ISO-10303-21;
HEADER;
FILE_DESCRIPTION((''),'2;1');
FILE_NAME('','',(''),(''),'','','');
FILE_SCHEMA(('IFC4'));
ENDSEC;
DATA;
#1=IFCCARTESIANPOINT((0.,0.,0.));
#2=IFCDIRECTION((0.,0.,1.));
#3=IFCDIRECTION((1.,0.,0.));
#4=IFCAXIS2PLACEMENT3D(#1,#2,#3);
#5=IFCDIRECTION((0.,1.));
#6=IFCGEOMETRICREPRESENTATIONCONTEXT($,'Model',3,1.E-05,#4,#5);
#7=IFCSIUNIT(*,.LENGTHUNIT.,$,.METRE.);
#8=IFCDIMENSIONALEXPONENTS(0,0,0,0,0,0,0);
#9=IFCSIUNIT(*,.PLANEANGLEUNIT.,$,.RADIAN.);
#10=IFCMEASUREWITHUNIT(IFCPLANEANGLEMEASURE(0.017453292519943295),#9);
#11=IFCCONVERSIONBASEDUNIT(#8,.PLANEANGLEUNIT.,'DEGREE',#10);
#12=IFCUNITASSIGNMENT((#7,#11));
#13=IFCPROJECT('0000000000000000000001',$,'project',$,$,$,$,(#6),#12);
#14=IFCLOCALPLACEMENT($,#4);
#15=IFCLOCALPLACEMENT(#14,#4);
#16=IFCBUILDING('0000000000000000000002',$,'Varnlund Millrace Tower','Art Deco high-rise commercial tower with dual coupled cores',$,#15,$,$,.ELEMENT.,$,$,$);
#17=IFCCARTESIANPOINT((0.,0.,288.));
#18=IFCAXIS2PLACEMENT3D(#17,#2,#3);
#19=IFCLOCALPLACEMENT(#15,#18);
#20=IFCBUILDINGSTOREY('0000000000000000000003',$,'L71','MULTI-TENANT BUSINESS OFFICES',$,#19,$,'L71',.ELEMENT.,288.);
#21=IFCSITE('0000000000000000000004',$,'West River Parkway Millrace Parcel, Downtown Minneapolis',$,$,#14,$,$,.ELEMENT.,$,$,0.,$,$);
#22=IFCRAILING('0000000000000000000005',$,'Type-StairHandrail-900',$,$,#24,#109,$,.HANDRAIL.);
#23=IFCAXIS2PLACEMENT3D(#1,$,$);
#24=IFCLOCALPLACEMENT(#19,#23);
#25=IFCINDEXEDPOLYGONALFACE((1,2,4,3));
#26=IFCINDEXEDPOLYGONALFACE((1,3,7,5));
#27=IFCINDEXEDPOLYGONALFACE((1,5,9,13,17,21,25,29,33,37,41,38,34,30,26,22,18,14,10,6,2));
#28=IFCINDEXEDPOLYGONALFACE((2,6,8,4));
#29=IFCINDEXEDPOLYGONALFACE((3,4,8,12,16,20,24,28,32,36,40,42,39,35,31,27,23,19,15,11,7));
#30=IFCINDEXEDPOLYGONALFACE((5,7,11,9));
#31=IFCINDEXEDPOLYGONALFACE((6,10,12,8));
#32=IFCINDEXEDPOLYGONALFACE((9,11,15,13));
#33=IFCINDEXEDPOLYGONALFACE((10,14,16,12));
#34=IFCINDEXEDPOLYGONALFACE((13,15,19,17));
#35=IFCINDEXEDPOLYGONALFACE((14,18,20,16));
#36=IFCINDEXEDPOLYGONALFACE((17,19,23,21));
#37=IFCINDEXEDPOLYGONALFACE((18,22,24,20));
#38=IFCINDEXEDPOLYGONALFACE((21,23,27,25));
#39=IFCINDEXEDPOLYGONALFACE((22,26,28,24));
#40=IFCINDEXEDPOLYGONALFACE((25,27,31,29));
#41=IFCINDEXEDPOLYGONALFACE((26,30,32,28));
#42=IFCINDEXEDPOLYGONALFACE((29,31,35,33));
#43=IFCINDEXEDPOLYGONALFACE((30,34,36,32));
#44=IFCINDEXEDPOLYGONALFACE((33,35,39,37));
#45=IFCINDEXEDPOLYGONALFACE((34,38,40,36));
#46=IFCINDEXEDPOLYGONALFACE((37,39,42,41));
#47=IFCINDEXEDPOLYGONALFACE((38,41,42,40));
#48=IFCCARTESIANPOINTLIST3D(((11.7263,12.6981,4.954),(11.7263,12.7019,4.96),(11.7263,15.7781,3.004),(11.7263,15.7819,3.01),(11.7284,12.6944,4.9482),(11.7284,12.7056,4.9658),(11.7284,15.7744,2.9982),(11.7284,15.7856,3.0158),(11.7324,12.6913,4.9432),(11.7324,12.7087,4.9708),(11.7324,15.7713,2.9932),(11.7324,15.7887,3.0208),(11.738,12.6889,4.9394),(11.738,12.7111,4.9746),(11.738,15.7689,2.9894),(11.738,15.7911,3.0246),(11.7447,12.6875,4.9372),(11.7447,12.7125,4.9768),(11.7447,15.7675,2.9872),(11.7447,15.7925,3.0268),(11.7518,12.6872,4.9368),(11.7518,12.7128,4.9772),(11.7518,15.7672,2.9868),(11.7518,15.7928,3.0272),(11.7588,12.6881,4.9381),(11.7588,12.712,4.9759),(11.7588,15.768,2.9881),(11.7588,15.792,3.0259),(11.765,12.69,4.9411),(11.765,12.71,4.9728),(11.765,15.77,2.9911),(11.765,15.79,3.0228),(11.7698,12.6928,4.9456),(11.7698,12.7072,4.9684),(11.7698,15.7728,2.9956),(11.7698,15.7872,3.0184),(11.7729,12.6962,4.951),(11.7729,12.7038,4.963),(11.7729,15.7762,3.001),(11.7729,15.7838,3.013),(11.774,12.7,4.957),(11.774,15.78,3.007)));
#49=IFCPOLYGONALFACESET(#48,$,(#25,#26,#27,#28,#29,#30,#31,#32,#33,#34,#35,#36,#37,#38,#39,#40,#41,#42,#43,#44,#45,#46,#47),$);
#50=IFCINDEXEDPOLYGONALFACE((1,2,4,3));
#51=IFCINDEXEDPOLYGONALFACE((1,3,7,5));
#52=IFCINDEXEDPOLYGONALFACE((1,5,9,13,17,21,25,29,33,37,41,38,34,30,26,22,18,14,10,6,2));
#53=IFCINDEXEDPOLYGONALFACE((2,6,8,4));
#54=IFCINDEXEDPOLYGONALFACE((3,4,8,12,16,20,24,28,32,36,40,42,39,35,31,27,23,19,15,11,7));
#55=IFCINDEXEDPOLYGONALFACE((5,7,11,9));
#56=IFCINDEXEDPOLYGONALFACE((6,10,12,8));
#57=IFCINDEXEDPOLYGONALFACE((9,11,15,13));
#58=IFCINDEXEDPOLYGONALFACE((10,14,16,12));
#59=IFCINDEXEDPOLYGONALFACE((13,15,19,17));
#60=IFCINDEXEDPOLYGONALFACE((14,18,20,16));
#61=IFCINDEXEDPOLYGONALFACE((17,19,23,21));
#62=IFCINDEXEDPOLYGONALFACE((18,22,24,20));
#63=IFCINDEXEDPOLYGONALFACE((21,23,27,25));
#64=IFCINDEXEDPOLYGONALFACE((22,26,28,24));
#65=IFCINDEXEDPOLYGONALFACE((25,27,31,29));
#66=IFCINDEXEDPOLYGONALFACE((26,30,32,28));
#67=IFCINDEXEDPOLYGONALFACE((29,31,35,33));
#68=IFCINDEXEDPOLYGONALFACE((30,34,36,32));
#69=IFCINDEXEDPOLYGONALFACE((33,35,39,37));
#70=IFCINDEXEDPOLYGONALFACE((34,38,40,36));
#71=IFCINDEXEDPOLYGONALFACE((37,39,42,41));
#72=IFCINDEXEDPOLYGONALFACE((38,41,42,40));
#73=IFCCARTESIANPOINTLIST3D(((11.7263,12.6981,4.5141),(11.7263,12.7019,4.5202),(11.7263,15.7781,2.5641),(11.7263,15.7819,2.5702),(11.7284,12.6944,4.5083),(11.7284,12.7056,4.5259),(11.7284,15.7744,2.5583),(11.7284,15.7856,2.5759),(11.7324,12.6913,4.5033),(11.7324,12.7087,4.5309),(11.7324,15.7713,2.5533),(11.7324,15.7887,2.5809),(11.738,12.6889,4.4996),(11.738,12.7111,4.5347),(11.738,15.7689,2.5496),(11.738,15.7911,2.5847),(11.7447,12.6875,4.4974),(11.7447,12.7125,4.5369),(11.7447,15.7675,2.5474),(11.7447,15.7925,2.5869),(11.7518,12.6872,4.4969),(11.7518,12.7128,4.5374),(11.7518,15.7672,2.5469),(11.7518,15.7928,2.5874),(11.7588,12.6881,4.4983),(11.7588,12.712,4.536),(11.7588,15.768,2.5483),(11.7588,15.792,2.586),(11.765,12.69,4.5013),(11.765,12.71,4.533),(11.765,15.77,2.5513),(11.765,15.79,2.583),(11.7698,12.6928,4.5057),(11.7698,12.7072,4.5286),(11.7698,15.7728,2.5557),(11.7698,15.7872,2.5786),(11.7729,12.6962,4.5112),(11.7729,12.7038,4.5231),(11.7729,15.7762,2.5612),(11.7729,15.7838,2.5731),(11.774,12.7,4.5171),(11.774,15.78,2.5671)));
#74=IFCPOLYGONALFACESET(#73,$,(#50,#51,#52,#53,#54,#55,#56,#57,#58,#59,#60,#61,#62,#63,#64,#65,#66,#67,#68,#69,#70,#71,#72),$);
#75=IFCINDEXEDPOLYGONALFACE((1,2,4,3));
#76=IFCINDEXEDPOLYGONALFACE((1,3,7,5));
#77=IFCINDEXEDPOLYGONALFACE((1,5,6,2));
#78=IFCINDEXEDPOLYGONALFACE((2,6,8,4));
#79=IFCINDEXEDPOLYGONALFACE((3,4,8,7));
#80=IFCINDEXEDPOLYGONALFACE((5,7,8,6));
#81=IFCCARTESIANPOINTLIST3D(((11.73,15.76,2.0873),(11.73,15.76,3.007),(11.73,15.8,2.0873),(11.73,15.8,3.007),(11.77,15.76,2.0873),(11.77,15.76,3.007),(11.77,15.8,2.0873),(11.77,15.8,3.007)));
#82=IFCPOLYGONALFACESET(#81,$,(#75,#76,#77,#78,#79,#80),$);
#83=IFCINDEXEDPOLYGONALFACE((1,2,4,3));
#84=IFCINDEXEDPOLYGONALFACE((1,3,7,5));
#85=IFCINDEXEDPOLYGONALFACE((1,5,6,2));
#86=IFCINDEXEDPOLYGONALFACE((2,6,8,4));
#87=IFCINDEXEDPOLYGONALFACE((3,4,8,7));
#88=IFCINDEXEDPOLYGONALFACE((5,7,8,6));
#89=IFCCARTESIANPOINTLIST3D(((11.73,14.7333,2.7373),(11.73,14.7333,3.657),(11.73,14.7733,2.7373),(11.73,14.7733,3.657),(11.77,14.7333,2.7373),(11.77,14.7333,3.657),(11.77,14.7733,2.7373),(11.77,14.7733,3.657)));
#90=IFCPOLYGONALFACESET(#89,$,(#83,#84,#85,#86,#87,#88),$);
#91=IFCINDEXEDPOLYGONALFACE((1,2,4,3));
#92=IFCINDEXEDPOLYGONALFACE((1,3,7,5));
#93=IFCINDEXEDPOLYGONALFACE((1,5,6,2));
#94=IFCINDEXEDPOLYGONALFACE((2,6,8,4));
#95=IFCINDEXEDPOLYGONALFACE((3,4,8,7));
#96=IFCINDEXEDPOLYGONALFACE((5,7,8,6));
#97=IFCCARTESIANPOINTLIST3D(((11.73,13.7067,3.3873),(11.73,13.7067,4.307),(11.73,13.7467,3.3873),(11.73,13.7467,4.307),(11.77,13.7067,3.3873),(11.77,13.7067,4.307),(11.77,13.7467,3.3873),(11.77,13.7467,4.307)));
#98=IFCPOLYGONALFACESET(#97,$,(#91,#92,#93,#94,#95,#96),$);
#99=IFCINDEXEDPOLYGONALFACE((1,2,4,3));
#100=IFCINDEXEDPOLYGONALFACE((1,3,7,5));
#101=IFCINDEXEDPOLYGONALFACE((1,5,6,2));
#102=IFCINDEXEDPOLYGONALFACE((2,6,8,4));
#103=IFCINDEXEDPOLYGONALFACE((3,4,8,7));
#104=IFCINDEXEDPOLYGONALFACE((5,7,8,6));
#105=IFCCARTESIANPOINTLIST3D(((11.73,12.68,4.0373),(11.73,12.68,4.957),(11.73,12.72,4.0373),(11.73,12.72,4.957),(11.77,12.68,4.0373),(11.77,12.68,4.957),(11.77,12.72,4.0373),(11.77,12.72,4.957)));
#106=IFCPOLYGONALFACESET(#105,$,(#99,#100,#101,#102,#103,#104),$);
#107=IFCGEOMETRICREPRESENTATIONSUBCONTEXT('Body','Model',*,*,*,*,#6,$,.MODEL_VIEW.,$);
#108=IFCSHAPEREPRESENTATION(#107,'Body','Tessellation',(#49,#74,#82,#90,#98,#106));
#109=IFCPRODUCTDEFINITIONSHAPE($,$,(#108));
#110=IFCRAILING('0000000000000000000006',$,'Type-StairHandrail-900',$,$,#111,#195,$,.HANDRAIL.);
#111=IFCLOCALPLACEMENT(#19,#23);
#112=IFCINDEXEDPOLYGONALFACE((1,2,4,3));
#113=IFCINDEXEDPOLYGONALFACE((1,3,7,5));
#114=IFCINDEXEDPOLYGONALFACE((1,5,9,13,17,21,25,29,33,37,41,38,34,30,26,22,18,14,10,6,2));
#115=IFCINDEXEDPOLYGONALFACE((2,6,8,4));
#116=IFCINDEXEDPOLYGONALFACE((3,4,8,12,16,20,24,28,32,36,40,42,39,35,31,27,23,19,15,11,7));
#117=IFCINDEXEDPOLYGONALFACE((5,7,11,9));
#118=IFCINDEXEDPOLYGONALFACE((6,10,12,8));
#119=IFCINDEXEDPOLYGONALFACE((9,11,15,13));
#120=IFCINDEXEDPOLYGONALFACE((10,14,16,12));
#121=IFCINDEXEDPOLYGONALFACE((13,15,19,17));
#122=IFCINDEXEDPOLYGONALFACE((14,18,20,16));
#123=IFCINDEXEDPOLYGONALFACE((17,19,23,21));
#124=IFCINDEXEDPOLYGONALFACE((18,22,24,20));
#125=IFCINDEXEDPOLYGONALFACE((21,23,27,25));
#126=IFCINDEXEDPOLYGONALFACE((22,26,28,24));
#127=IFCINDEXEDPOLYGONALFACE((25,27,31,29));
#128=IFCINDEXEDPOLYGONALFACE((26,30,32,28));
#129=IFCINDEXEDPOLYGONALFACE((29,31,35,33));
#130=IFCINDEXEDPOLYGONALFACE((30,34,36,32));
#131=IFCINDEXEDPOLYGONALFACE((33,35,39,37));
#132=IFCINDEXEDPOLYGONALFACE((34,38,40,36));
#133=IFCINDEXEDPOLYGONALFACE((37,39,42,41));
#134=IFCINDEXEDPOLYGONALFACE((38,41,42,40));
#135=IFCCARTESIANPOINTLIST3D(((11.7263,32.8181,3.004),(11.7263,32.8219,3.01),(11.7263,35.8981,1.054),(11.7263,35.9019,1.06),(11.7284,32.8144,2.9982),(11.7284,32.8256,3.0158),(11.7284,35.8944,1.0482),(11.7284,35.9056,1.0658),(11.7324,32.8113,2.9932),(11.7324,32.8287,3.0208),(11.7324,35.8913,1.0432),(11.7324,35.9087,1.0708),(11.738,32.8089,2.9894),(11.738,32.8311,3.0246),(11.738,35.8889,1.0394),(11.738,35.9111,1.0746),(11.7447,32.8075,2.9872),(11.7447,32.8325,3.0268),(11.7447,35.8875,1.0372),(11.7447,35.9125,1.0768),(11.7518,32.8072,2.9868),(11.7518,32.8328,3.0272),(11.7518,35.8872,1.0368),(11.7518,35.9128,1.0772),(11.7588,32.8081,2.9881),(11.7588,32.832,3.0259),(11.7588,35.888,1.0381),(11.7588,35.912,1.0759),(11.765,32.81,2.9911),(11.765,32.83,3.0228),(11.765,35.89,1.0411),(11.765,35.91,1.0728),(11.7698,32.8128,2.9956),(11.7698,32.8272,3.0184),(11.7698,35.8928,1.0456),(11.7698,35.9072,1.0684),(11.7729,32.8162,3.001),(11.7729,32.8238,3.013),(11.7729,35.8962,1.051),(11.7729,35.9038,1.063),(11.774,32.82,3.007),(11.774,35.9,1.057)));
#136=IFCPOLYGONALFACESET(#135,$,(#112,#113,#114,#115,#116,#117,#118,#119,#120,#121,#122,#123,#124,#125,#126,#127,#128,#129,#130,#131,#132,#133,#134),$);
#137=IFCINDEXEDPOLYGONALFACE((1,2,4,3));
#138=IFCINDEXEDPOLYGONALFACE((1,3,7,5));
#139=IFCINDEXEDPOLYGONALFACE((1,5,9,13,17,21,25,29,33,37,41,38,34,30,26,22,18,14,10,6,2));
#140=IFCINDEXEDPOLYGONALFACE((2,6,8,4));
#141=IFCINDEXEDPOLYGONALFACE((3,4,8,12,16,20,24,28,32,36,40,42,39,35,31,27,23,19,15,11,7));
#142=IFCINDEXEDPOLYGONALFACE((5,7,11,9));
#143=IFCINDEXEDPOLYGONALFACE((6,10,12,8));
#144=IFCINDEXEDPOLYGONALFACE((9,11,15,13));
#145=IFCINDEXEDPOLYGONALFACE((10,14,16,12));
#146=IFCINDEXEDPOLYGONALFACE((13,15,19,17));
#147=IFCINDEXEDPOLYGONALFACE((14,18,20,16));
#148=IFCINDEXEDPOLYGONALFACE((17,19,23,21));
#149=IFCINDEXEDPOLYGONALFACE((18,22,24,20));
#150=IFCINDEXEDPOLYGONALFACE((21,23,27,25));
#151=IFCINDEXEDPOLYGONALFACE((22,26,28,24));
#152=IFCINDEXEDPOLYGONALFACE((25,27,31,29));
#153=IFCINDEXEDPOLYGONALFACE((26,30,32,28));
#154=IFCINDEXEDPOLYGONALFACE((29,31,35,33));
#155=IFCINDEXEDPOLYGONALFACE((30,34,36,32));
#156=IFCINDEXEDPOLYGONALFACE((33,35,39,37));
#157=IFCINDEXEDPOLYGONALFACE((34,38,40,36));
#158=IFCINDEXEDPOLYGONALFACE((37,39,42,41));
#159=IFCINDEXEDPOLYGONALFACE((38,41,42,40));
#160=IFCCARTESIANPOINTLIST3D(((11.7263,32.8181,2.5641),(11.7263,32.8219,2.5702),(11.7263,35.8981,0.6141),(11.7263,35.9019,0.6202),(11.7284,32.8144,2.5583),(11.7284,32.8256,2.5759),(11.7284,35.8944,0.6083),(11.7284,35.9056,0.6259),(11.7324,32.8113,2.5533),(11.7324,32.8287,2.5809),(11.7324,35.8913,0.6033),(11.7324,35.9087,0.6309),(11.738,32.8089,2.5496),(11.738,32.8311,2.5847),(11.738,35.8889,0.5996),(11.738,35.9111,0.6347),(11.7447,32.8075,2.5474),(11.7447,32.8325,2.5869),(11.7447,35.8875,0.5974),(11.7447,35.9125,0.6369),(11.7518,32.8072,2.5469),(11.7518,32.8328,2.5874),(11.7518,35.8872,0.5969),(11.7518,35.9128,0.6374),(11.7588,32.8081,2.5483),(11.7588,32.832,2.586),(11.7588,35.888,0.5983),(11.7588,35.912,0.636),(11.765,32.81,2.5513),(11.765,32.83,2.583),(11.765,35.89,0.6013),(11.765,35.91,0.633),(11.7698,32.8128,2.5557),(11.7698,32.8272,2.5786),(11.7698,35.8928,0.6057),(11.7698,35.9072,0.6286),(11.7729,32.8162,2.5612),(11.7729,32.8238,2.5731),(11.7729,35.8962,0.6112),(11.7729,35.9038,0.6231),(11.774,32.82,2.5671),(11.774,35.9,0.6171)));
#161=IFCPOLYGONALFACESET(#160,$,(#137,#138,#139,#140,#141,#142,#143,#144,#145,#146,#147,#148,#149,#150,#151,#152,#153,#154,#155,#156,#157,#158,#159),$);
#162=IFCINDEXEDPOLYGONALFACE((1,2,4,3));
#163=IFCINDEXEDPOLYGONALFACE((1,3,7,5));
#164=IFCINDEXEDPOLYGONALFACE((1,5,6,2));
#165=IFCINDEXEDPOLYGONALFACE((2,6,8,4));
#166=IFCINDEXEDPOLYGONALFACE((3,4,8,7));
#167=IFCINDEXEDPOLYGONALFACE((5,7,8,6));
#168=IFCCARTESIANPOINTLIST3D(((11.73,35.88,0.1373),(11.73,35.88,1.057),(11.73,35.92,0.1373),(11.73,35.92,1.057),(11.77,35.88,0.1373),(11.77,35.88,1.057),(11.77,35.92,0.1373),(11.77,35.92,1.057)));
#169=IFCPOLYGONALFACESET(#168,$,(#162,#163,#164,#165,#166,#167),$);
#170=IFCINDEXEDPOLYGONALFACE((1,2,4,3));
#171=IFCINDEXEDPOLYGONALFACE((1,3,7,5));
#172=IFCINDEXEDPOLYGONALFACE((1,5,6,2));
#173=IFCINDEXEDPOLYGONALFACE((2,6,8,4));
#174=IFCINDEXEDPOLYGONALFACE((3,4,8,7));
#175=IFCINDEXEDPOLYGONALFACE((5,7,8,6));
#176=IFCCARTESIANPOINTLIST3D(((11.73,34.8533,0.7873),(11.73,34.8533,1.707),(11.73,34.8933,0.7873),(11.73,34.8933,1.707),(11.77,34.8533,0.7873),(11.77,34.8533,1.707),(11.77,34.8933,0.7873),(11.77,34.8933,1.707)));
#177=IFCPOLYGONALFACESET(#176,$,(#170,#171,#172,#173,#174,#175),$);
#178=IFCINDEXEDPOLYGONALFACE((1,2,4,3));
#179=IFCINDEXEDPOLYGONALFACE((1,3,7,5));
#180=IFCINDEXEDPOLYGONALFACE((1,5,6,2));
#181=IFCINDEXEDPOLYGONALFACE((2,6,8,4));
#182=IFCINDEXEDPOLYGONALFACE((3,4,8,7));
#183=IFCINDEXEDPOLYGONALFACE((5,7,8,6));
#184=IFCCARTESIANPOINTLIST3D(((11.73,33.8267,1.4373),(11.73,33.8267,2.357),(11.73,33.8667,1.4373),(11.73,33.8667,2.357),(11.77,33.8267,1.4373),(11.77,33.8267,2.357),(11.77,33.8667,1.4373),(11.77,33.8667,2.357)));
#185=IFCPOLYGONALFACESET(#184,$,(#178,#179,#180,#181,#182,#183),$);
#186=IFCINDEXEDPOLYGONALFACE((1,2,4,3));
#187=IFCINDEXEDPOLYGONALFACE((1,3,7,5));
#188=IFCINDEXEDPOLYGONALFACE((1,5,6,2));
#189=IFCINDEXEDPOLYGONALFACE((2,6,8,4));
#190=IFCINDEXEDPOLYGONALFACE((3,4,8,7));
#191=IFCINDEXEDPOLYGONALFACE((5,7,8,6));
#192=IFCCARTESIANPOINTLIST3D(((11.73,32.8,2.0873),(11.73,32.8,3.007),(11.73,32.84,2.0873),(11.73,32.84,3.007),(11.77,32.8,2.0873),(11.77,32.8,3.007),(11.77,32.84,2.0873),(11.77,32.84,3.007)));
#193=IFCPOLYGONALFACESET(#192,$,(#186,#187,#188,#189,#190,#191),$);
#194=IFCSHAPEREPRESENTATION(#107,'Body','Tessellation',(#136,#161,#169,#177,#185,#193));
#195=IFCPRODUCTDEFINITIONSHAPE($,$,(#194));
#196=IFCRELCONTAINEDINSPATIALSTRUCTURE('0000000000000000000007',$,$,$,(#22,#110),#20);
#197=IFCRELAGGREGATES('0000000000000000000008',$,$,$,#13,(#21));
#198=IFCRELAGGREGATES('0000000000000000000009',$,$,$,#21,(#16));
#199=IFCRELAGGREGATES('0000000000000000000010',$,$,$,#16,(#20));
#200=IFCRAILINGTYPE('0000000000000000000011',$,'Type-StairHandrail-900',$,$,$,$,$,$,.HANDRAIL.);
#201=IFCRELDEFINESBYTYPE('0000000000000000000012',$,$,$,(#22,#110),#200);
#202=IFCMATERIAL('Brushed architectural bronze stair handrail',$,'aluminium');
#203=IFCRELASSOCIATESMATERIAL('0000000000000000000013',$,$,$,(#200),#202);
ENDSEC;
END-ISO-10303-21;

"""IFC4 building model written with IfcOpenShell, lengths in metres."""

from ifc_helpers import new_model, entity, si_unit, converted_unit, direction, frame, origin_with_axes, origin_2d_with_axis, place, context, subcontext, project, spatial, rectangle, circle, extrude, material, type_object, element, save


model = new_model("IFC4")

# Units and contexts
model_context = context("Model", 3, precision=1e-05, world=origin_with_axes(), true_north=direction((0.0, 1.0)))
body_context = subcontext(model_context, "Body", "Model", "MODEL_VIEW")
ifc_project = project(units=[si_unit("LENGTHUNIT", "METRE"), converted_unit("PLANEANGLEUNIT", "DEGREE", entity("IfcPlaneAngleMeasure", 0.017453292519943295), si_unit("PLANEANGLEUNIT", "RADIAN"), dimensions=[0, 0, 0, 0, 0, 0, 0])], contexts=[model_context])

# Site, building, storey
site_placement = place(None, origin_with_axes())
site = spatial("IfcSite", under=ifc_project, at=site_placement, Name="West River Parkway Millrace Parcel, Downtown Minneapolis", CompositionType="ELEMENT", RefElevation=0.0)
building_placement = place(site_placement, origin_with_axes())
building = spatial("IfcBuilding", under=site, at=building_placement, Name="Varnlund Millrace Tower", Description="Art Deco high-rise commercial tower with dual coupled cores", CompositionType="ELEMENT")
storey_placement = place(building_placement, frame((0.0, 0.0, 288.0), z_axis=(0.0, 0.0, 1.0), x_axis=(1.0, 0.0, 0.0)))
storey = spatial("IfcBuildingStorey", under=building, at=storey_placement, Name="L71", Description="MULTI-TENANT BUSINESS OFFICES", LongName="L71", CompositionType="ELEMENT", Elevation=288.0)

# Railings
ifc_material_1 = material(Name="Brushed architectural bronze stair handrail", Category="aluminium")
railing_type_1 = type_object("IfcRailingType", Name="Type-StairHandrail-900", PredefinedType="HANDRAIL", material=ifc_material_1)
railing_1_placement = place(storey_placement, frame((0.0, 0.0, -288.0), z_axis=(0.0, 0.0, 1.0), x_axis=(1.0, 0.0, 0.0)))
element("IfcRailing", 1, at=railing_1_placement, inside=storey, type_object=railing_type_1, Name="Type-StairHandrail-900", PredefinedType="HANDRAIL", context=body_context, shape_type="SweptSolid", body=[
    extrude(circle(Radius=0.024, at=origin_2d_with_axis()), frame((11.75, 15.78, 291.007), z_axis=(0.0, -0.844902, 0.534922), x_axis=(1.0, 0.0, 0.0)), (0.0, 0.0, 1.0), 3.6454),
    extrude(circle(Radius=0.024, at=origin_2d_with_axis()), frame((11.75, 15.78, 290.5671), z_axis=(0.0, -0.844902, 0.534922), x_axis=(1.0, 0.0, 0.0)), (0.0, 0.0, 1.0), 3.6454),
    extrude(rectangle(XDim=0.04, YDim=0.04, at=origin_2d_with_axis()), frame((11.75, 15.78, 290.0873), z_axis=(0.0, 0.0, 1.0), x_axis=(1.0, 0.0, 0.0)), (0.0, 0.0, 1.0), 0.9197),
    extrude(rectangle(XDim=0.04, YDim=0.04, at=origin_2d_with_axis()), frame((11.75, 14.7533, 290.7373), z_axis=(0.0, 0.0, 1.0), x_axis=(1.0, 0.0, 0.0)), (0.0, 0.0, 1.0), 0.9197),
    extrude(rectangle(XDim=0.04, YDim=0.04, at=origin_2d_with_axis()), frame((11.75, 13.7267, 291.3873), z_axis=(0.0, 0.0, 1.0), x_axis=(1.0, 0.0, 0.0)), (0.0, 0.0, 1.0), 0.9197),
    extrude(rectangle(XDim=0.04, YDim=0.04, at=origin_2d_with_axis()), frame((11.75, 12.7, 292.0373), z_axis=(0.0, 0.0, 1.0), x_axis=(1.0, 0.0, 0.0)), (0.0, 0.0, 1.0), 0.9197),
])
railing_2_placement = place(storey_placement, frame((0.0, 0.0, -288.0), z_axis=(0.0, 0.0, 1.0), x_axis=(1.0, 0.0, 0.0)))
element("IfcRailing", 2, at=railing_2_placement, inside=storey, type_object=railing_type_1, Name="Type-StairHandrail-900", PredefinedType="HANDRAIL", context=body_context, shape_type="SweptSolid", body=[
    extrude(circle(Radius=0.024, at=origin_2d_with_axis()), frame((11.75, 35.9, 289.057), z_axis=(0.0, -0.844902, 0.534922), x_axis=(1.0, 0.0, 0.0)), (0.0, 0.0, 1.0), 3.6454),
    extrude(circle(Radius=0.024, at=origin_2d_with_axis()), frame((11.75, 35.9, 288.6171), z_axis=(0.0, -0.844902, 0.534922), x_axis=(1.0, 0.0, 0.0)), (0.0, 0.0, 1.0), 3.6454),
    extrude(rectangle(XDim=0.04, YDim=0.04, at=origin_2d_with_axis()), frame((11.75, 35.9, 288.1373), z_axis=(0.0, 0.0, 1.0), x_axis=(1.0, 0.0, 0.0)), (0.0, 0.0, 1.0), 0.9197),
    extrude(rectangle(XDim=0.04, YDim=0.04, at=origin_2d_with_axis()), frame((11.75, 34.8733, 288.7873), z_axis=(0.0, 0.0, 1.0), x_axis=(1.0, 0.0, 0.0)), (0.0, 0.0, 1.0), 0.9197),
    extrude(rectangle(XDim=0.04, YDim=0.04, at=origin_2d_with_axis()), frame((11.75, 33.8467, 289.4373), z_axis=(0.0, 0.0, 1.0), x_axis=(1.0, 0.0, 0.0)), (0.0, 0.0, 1.0), 0.9197),
    extrude(rectangle(XDim=0.04, YDim=0.04, at=origin_2d_with_axis()), frame((11.75, 32.82, 290.0873), z_axis=(0.0, 0.0, 1.0), x_axis=(1.0, 0.0, 0.0)), (0.0, 0.0, 1.0), 0.9197),
])

save(model, "model.ifc")
